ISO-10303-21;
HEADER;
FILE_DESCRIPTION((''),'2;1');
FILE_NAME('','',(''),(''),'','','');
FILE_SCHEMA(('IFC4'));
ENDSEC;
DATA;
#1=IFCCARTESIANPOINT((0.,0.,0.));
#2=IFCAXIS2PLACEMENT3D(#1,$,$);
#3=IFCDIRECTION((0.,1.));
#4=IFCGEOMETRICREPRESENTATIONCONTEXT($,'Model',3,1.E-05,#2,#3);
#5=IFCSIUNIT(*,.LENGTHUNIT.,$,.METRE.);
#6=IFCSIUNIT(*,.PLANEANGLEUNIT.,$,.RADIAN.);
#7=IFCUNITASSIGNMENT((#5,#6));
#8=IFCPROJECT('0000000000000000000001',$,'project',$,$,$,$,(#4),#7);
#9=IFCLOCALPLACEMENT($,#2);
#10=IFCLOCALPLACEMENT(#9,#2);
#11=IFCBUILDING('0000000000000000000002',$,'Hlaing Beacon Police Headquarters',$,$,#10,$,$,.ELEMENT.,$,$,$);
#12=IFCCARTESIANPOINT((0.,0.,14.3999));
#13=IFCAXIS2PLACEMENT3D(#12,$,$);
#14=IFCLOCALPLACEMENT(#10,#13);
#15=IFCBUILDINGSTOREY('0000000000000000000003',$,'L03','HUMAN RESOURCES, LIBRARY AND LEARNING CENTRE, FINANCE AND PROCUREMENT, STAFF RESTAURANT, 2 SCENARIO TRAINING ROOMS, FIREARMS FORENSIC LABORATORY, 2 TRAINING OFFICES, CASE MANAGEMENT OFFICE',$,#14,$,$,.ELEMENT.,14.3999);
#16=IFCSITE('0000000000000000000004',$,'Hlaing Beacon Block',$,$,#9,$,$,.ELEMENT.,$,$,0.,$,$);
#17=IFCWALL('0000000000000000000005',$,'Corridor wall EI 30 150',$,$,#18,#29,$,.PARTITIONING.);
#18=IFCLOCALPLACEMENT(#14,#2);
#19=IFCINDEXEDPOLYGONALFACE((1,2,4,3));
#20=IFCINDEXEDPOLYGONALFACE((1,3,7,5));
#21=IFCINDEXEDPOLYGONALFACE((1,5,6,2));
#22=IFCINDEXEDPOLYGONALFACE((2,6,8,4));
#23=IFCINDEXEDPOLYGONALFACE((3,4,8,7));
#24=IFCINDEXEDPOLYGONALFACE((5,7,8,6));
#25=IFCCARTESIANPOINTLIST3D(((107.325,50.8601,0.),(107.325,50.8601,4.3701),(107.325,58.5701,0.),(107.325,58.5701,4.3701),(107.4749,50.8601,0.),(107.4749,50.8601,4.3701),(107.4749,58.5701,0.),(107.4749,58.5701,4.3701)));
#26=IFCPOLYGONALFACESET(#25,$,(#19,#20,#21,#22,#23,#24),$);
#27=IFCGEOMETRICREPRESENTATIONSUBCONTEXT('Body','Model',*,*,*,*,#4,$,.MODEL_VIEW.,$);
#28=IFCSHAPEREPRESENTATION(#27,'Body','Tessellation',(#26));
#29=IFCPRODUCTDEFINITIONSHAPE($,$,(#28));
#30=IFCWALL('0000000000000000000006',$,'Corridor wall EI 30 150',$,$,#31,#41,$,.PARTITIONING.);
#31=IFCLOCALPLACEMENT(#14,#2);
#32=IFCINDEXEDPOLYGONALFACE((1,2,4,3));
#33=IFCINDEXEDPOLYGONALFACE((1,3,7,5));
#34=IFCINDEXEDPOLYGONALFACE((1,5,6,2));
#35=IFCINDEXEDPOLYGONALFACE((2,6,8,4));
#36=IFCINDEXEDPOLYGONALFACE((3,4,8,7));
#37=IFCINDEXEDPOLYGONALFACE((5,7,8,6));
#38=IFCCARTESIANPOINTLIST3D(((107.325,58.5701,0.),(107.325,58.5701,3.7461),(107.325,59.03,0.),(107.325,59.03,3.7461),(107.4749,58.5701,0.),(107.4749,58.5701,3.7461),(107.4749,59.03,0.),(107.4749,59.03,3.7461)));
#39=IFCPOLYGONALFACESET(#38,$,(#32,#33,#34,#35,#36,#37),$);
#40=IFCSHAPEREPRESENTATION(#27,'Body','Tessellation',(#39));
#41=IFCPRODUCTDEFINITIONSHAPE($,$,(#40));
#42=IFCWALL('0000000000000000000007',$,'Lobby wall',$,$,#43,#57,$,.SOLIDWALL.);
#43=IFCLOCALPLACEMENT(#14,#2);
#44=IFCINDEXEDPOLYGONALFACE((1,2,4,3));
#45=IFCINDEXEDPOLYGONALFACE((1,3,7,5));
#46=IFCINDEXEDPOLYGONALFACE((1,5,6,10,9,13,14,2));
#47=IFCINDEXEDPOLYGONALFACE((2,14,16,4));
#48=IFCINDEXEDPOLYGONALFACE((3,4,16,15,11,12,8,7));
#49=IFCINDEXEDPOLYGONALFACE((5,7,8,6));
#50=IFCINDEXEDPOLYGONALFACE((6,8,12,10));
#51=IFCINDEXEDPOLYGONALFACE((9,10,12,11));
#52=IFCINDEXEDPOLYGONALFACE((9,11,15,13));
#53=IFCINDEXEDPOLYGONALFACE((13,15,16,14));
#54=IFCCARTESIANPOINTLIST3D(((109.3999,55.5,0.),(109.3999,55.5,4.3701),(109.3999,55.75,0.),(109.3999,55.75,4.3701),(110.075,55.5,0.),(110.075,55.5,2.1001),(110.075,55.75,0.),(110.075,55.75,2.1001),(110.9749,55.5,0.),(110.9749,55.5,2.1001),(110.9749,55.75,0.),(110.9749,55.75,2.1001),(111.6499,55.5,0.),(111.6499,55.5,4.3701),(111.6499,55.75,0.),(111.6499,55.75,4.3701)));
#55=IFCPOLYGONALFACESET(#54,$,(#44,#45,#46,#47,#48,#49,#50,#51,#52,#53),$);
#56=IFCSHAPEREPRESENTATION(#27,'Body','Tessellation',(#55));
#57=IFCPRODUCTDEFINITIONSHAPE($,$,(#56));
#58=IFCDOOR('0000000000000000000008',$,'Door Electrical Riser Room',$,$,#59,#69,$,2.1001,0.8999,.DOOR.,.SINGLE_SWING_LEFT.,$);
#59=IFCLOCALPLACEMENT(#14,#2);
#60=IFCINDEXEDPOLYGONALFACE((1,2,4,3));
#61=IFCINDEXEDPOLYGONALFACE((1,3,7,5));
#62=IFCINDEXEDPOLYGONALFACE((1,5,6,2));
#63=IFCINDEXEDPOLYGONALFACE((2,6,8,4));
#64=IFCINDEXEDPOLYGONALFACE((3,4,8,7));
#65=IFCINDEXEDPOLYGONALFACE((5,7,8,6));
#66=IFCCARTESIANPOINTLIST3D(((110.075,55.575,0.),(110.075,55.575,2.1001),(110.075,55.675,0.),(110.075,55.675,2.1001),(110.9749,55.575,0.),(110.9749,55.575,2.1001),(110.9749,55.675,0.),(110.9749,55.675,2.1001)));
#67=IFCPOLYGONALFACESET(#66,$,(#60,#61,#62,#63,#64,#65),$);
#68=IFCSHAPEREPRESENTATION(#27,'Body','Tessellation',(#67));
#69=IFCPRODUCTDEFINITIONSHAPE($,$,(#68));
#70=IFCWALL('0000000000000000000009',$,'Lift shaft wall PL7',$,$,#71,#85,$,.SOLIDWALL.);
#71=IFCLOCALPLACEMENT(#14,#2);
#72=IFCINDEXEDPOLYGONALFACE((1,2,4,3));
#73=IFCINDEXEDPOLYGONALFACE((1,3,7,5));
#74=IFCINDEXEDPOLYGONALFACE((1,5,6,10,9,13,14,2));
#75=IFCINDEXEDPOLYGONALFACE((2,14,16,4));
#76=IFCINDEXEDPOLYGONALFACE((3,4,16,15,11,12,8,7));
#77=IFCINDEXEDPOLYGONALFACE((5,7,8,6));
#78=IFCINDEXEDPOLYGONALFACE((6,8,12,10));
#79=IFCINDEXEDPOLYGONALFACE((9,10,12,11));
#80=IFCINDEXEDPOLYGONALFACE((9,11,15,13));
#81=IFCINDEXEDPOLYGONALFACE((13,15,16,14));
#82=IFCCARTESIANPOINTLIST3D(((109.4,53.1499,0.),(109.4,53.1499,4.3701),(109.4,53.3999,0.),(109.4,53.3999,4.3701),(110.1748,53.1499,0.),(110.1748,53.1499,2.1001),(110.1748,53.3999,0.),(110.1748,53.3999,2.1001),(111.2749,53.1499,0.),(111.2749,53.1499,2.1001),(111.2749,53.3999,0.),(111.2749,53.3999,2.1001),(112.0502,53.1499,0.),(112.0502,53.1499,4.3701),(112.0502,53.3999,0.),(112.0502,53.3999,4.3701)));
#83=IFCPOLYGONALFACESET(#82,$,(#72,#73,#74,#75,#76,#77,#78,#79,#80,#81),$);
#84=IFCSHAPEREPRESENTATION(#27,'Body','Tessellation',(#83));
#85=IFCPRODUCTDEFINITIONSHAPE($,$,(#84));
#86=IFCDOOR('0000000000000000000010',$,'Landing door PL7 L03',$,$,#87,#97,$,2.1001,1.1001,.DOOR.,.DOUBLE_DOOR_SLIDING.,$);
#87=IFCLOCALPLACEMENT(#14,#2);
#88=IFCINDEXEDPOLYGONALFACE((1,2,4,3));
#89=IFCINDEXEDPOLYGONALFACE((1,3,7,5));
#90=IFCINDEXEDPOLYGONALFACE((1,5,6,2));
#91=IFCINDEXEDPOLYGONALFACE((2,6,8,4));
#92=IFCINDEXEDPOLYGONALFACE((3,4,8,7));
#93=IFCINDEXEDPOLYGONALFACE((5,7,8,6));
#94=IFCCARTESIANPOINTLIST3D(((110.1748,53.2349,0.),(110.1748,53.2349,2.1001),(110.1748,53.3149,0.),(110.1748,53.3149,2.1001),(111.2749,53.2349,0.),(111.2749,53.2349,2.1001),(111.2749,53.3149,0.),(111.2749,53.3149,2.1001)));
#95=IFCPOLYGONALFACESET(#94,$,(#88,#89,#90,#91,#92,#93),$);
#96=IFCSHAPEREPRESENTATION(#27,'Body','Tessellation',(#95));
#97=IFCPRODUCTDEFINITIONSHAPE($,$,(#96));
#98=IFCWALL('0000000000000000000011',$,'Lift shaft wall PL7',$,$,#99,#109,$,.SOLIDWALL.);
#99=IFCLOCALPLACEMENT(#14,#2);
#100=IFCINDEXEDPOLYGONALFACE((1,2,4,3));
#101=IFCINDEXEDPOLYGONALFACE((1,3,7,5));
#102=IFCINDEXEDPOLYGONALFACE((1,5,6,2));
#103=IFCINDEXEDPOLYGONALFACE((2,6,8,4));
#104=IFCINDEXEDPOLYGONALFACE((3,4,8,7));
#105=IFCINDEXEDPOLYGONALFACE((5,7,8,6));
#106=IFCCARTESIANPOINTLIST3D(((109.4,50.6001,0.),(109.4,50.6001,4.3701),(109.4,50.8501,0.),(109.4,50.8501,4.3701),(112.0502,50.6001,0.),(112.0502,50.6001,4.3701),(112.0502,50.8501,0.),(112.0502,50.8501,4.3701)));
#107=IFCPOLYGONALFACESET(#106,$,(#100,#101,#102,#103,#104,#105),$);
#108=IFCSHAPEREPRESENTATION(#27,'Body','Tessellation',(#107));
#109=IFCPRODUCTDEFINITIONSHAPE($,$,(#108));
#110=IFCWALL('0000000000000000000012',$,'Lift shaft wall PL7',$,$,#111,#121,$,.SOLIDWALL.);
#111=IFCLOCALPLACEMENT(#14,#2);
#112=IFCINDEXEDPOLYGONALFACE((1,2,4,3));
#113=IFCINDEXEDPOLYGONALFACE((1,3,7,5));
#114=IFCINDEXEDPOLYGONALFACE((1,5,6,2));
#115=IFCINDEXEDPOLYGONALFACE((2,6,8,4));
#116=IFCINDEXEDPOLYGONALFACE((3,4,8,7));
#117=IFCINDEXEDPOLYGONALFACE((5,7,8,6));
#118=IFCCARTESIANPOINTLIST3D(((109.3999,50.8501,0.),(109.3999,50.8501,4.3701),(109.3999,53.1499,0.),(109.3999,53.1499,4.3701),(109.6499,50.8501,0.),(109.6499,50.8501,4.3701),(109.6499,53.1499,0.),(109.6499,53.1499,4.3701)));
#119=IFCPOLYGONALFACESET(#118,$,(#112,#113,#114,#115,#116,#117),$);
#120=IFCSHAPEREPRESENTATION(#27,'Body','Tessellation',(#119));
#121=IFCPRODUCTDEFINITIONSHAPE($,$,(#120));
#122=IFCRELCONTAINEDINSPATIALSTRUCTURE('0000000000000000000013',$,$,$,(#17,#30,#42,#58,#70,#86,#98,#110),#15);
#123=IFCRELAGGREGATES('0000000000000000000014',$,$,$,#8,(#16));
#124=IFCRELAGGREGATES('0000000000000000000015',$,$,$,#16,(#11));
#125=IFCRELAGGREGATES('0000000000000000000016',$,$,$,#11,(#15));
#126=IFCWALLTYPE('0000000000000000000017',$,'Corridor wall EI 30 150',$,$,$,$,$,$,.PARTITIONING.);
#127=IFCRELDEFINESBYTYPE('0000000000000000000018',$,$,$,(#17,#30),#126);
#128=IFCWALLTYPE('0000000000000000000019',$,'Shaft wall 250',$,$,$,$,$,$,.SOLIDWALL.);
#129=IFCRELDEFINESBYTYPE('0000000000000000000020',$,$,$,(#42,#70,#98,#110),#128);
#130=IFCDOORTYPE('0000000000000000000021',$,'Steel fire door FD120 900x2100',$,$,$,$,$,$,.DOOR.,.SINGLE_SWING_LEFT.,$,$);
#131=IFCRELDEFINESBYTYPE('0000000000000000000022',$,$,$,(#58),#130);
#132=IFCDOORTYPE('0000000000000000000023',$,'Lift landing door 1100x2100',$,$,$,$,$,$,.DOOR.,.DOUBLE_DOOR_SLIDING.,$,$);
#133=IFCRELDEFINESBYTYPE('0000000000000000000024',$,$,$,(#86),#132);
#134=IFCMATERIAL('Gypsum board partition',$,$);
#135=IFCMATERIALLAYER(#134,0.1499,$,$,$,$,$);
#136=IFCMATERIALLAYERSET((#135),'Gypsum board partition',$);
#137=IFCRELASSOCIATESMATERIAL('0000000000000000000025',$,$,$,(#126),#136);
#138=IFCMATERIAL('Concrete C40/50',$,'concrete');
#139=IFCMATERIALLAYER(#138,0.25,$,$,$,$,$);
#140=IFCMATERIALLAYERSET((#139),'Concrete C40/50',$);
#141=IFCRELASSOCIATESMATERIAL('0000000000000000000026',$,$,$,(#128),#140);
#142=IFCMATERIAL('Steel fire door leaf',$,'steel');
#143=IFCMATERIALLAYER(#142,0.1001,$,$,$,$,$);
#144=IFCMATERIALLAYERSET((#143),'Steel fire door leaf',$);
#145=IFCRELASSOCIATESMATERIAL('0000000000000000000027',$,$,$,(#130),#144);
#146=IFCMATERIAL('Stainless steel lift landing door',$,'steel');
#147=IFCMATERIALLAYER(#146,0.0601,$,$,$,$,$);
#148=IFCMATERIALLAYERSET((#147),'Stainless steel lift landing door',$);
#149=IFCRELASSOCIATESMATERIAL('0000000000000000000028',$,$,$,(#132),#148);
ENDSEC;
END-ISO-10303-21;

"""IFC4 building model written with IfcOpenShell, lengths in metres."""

from ifc_helpers import new_model, si_unit, direction, frame, frame_2d, origin, place, context, subcontext, project, spatial, rectangle, extrude, material, layer, layer_set, type_object, element, fill, save


model = new_model("IFC4")

# Units and contexts
model_context = context("Model", 3, precision=1e-05, world=origin(), true_north=direction((0.0, 1.0)))
body_context = subcontext(model_context, "Body", "Model", "MODEL_VIEW")
ifc_project = project(units=[si_unit("LENGTHUNIT", "METRE"), si_unit("PLANEANGLEUNIT", "RADIAN")], contexts=[model_context])

# Site, building, storey
site_placement = place(None, origin())
site = spatial("IfcSite", under=ifc_project, at=site_placement, Name="Hlaing Beacon Block", CompositionType="ELEMENT", RefElevation=0.0)
building_placement = place(site_placement, origin())
building = spatial("IfcBuilding", under=site, at=building_placement, Name="Hlaing Beacon Police Headquarters", CompositionType="ELEMENT")
storey_placement = place(building_placement, frame((0.0, 0.0, 14.3999)))
storey = spatial("IfcBuildingStorey", under=building, at=storey_placement, Name="L03", Description="HUMAN RESOURCES, LIBRARY AND LEARNING CENTRE, FINANCE AND PROCUREMENT, STAFF RESTAURANT, 2 SCENARIO TRAINING ROOMS, FIREARMS FORENSIC LABORATORY, 2 TRAINING OFFICES, CASE MANAGEMENT OFFICE", CompositionType="ELEMENT", Elevation=14.3999)

# Walls
ifc_material_1 = material(Name="Gypsum board partition")
ifc_layer_1 = layer(ifc_material_1, 0.1499)
ifc_layer_set_1 = layer_set([ifc_layer_1], Name="Gypsum board partition")
wall_type_1 = type_object("IfcWallType", Name="Corridor wall EI 30 150", PredefinedType="PARTITIONING", material=ifc_layer_set_1)
wall_1_placement = place(storey_placement, frame((107.3999, 50.8601, 0.0), z_axis=(0.0, 0.0, 1.0), x_axis=(0.0, 1.0, 0.0)))
element("IfcWall", 1, at=wall_1_placement, inside=storey, type_object=wall_type_1, Name="Corridor wall EI 30 150", PredefinedType="PARTITIONING", context=body_context, shape_type="SweptSolid", body=[
    extrude(rectangle(XDim=7.71, YDim=0.1499, at=frame_2d((3.855, 0.0))), origin(), (0.0, 0.0, 1.0), 4.3701),
])
wall_2_placement = place(storey_placement, frame((107.3999, 58.5701, 0.0), z_axis=(0.0, 0.0, 1.0), x_axis=(0.0, 1.0, 0.0)))
element("IfcWall", 2, at=wall_2_placement, inside=storey, type_object=wall_type_1, Name="Corridor wall EI 30 150", PredefinedType="PARTITIONING", context=body_context, shape_type="SweptSolid", body=[
    extrude(rectangle(XDim=0.46, YDim=0.1499, at=frame_2d((0.23, 0.0))), origin(), (0.0, 0.0, 1.0), 3.7461),
])

# Walls, openings, doors
ifc_material_2 = material(Name="Concrete C40/50", Category="concrete")
ifc_layer_2 = layer(ifc_material_2, 0.25)
ifc_layer_set_2 = layer_set([ifc_layer_2], Name="Concrete C40/50")
wall_type_2 = type_object("IfcWallType", Name="Shaft wall 250", PredefinedType="SOLIDWALL", material=ifc_layer_set_2)
wall_3_placement = place(storey_placement, frame((109.3999, 55.625, 0.0), z_axis=(0.0, 0.0, 1.0), x_axis=(1.0, 0.0, 0.0)))
wall_3 = element("IfcWall", 3, at=wall_3_placement, inside=storey, type_object=wall_type_2, Name="Lobby wall", PredefinedType="SOLIDWALL", context=body_context, shape_type="SweptSolid", body=[
    extrude(rectangle(XDim=2.25, YDim=0.25, at=frame_2d((1.125, 0.0))), origin(), (0.0, 0.0, 1.0), 4.3701),
])
opening_1_placement = place(wall_3_placement, frame((0.675, 0.0, 0.0)))
opening_1 = element("IfcOpeningElement", 4, at=opening_1_placement, cuts=wall_3, PredefinedType="OPENING", context=body_context, shape_type="SweptSolid", body=[
    extrude(rectangle(XDim=0.8999, YDim=2.1001, at=frame_2d((0.45, 1.05))), frame((0.0, 0.135, 0.0), z_axis=(0.0, -1.0, 0.0), x_axis=(1.0, 0.0, 0.0)), (0.0, 0.0, 1.0), 0.27),
])
ifc_material_3 = material(Name="Steel fire door leaf", Category="steel")
ifc_layer_3 = layer(ifc_material_3, 0.1001)
ifc_layer_set_3 = layer_set([ifc_layer_3], Name="Steel fire door leaf")
door_type_1 = type_object("IfcDoorType", Name="Steel fire door FD120 900x2100", OperationType="SINGLE_SWING_LEFT", PredefinedType="DOOR", material=ifc_layer_set_3)
door_1_placement = place(opening_1_placement, origin())
door_1 = element("IfcDoor", 5, at=door_1_placement, inside=storey, type_object=door_type_1, Name="Door Electrical Riser Room", OperationType="SINGLE_SWING_LEFT", OverallHeight=2.1001, OverallWidth=0.8999, PredefinedType="DOOR", context=body_context, shape_type="SweptSolid", body=[
    extrude(rectangle(XDim=0.8999, YDim=2.1001, at=frame_2d((0.45, 1.05))), frame((0.0, 0.05, 0.0), z_axis=(0.0, -1.0, 0.0), x_axis=(1.0, 0.0, 0.0)), (0.0, 0.0, 1.0), 0.1001),
])
fill(opening_1, door_1)
wall_4_placement = place(storey_placement, frame((109.3999, 53.2749, 0.0), z_axis=(0.0, 0.0, 1.0), x_axis=(1.0, 0.0, 0.0)))
wall_4 = element("IfcWall", 6, at=wall_4_placement, inside=storey, type_object=wall_type_2, Name="Lift shaft wall PL7", PredefinedType="SOLIDWALL", context=body_context, shape_type="SweptSolid", body=[
    extrude(rectangle(XDim=2.6501, YDim=0.25, at=frame_2d((1.3252, 0.0))), origin(), (0.0, 0.0, 1.0), 4.3701),
])
opening_2_placement = place(wall_4_placement, frame((0.7749, 0.0, 0.0)))
opening_2 = element("IfcOpeningElement", 7, at=opening_2_placement, cuts=wall_4, PredefinedType="OPENING", context=body_context, shape_type="SweptSolid", body=[
    extrude(rectangle(XDim=1.1001, YDim=2.1001, at=frame_2d((0.55, 1.05))), frame((0.0, 0.135, 0.0), z_axis=(0.0, -1.0, 0.0), x_axis=(1.0, 0.0, 0.0)), (0.0, 0.0, 1.0), 0.27),
])
ifc_material_4 = material(Name="Stainless steel lift landing door", Category="steel")
ifc_layer_4 = layer(ifc_material_4, 0.0601)
ifc_layer_set_4 = layer_set([ifc_layer_4], Name="Stainless steel lift landing door")
door_type_2 = type_object("IfcDoorType", Name="Lift landing door 1100x2100", OperationType="DOUBLE_DOOR_SLIDING", PredefinedType="DOOR", material=ifc_layer_set_4)
door_2_placement = place(opening_2_placement, origin())
door_2 = element("IfcDoor", 8, at=door_2_placement, inside=storey, type_object=door_type_2, Name="Landing door PL7 L03", OperationType="DOUBLE_DOOR_SLIDING", OverallHeight=2.1001, OverallWidth=1.1001, PredefinedType="DOOR", context=body_context, shape_type="SweptSolid", body=[
    extrude(rectangle(XDim=1.1001, YDim=2.1001, at=frame_2d((0.55, 1.05))), frame((0.0, 0.04, 0.0), z_axis=(0.0, -1.0, 0.0), x_axis=(1.0, 0.0, 0.0)), (0.0, 0.0, 1.0), 0.0801),
])
fill(opening_2, door_2)

# Walls
wall_5_placement = place(storey_placement, frame((109.3999, 50.7251, 0.0), z_axis=(0.0, 0.0, 1.0), x_axis=(1.0, 0.0, 0.0)))
element("IfcWall", 9, at=wall_5_placement, inside=storey, type_object=wall_type_2, Name="Lift shaft wall PL7", PredefinedType="SOLIDWALL", context=body_context, shape_type="SweptSolid", body=[
    extrude(rectangle(XDim=2.6501, YDim=0.25, at=frame_2d((1.3252, 0.0))), origin(), (0.0, 0.0, 1.0), 4.3701),
])
wall_6_placement = place(storey_placement, frame((109.5249, 50.8501, 0.0), z_axis=(0.0, 0.0, 1.0), x_axis=(0.0, 1.0, 0.0)))
element("IfcWall", 10, at=wall_6_placement, inside=storey, type_object=wall_type_2, Name="Lift shaft wall PL7", PredefinedType="SOLIDWALL", context=body_context, shape_type="SweptSolid", body=[
    extrude(rectangle(XDim=2.2998, YDim=0.25, at=frame_2d((1.1499, 0.0))), origin(), (0.0, 0.0, 1.0), 4.3701),
])

save(model, "model.ifc")
